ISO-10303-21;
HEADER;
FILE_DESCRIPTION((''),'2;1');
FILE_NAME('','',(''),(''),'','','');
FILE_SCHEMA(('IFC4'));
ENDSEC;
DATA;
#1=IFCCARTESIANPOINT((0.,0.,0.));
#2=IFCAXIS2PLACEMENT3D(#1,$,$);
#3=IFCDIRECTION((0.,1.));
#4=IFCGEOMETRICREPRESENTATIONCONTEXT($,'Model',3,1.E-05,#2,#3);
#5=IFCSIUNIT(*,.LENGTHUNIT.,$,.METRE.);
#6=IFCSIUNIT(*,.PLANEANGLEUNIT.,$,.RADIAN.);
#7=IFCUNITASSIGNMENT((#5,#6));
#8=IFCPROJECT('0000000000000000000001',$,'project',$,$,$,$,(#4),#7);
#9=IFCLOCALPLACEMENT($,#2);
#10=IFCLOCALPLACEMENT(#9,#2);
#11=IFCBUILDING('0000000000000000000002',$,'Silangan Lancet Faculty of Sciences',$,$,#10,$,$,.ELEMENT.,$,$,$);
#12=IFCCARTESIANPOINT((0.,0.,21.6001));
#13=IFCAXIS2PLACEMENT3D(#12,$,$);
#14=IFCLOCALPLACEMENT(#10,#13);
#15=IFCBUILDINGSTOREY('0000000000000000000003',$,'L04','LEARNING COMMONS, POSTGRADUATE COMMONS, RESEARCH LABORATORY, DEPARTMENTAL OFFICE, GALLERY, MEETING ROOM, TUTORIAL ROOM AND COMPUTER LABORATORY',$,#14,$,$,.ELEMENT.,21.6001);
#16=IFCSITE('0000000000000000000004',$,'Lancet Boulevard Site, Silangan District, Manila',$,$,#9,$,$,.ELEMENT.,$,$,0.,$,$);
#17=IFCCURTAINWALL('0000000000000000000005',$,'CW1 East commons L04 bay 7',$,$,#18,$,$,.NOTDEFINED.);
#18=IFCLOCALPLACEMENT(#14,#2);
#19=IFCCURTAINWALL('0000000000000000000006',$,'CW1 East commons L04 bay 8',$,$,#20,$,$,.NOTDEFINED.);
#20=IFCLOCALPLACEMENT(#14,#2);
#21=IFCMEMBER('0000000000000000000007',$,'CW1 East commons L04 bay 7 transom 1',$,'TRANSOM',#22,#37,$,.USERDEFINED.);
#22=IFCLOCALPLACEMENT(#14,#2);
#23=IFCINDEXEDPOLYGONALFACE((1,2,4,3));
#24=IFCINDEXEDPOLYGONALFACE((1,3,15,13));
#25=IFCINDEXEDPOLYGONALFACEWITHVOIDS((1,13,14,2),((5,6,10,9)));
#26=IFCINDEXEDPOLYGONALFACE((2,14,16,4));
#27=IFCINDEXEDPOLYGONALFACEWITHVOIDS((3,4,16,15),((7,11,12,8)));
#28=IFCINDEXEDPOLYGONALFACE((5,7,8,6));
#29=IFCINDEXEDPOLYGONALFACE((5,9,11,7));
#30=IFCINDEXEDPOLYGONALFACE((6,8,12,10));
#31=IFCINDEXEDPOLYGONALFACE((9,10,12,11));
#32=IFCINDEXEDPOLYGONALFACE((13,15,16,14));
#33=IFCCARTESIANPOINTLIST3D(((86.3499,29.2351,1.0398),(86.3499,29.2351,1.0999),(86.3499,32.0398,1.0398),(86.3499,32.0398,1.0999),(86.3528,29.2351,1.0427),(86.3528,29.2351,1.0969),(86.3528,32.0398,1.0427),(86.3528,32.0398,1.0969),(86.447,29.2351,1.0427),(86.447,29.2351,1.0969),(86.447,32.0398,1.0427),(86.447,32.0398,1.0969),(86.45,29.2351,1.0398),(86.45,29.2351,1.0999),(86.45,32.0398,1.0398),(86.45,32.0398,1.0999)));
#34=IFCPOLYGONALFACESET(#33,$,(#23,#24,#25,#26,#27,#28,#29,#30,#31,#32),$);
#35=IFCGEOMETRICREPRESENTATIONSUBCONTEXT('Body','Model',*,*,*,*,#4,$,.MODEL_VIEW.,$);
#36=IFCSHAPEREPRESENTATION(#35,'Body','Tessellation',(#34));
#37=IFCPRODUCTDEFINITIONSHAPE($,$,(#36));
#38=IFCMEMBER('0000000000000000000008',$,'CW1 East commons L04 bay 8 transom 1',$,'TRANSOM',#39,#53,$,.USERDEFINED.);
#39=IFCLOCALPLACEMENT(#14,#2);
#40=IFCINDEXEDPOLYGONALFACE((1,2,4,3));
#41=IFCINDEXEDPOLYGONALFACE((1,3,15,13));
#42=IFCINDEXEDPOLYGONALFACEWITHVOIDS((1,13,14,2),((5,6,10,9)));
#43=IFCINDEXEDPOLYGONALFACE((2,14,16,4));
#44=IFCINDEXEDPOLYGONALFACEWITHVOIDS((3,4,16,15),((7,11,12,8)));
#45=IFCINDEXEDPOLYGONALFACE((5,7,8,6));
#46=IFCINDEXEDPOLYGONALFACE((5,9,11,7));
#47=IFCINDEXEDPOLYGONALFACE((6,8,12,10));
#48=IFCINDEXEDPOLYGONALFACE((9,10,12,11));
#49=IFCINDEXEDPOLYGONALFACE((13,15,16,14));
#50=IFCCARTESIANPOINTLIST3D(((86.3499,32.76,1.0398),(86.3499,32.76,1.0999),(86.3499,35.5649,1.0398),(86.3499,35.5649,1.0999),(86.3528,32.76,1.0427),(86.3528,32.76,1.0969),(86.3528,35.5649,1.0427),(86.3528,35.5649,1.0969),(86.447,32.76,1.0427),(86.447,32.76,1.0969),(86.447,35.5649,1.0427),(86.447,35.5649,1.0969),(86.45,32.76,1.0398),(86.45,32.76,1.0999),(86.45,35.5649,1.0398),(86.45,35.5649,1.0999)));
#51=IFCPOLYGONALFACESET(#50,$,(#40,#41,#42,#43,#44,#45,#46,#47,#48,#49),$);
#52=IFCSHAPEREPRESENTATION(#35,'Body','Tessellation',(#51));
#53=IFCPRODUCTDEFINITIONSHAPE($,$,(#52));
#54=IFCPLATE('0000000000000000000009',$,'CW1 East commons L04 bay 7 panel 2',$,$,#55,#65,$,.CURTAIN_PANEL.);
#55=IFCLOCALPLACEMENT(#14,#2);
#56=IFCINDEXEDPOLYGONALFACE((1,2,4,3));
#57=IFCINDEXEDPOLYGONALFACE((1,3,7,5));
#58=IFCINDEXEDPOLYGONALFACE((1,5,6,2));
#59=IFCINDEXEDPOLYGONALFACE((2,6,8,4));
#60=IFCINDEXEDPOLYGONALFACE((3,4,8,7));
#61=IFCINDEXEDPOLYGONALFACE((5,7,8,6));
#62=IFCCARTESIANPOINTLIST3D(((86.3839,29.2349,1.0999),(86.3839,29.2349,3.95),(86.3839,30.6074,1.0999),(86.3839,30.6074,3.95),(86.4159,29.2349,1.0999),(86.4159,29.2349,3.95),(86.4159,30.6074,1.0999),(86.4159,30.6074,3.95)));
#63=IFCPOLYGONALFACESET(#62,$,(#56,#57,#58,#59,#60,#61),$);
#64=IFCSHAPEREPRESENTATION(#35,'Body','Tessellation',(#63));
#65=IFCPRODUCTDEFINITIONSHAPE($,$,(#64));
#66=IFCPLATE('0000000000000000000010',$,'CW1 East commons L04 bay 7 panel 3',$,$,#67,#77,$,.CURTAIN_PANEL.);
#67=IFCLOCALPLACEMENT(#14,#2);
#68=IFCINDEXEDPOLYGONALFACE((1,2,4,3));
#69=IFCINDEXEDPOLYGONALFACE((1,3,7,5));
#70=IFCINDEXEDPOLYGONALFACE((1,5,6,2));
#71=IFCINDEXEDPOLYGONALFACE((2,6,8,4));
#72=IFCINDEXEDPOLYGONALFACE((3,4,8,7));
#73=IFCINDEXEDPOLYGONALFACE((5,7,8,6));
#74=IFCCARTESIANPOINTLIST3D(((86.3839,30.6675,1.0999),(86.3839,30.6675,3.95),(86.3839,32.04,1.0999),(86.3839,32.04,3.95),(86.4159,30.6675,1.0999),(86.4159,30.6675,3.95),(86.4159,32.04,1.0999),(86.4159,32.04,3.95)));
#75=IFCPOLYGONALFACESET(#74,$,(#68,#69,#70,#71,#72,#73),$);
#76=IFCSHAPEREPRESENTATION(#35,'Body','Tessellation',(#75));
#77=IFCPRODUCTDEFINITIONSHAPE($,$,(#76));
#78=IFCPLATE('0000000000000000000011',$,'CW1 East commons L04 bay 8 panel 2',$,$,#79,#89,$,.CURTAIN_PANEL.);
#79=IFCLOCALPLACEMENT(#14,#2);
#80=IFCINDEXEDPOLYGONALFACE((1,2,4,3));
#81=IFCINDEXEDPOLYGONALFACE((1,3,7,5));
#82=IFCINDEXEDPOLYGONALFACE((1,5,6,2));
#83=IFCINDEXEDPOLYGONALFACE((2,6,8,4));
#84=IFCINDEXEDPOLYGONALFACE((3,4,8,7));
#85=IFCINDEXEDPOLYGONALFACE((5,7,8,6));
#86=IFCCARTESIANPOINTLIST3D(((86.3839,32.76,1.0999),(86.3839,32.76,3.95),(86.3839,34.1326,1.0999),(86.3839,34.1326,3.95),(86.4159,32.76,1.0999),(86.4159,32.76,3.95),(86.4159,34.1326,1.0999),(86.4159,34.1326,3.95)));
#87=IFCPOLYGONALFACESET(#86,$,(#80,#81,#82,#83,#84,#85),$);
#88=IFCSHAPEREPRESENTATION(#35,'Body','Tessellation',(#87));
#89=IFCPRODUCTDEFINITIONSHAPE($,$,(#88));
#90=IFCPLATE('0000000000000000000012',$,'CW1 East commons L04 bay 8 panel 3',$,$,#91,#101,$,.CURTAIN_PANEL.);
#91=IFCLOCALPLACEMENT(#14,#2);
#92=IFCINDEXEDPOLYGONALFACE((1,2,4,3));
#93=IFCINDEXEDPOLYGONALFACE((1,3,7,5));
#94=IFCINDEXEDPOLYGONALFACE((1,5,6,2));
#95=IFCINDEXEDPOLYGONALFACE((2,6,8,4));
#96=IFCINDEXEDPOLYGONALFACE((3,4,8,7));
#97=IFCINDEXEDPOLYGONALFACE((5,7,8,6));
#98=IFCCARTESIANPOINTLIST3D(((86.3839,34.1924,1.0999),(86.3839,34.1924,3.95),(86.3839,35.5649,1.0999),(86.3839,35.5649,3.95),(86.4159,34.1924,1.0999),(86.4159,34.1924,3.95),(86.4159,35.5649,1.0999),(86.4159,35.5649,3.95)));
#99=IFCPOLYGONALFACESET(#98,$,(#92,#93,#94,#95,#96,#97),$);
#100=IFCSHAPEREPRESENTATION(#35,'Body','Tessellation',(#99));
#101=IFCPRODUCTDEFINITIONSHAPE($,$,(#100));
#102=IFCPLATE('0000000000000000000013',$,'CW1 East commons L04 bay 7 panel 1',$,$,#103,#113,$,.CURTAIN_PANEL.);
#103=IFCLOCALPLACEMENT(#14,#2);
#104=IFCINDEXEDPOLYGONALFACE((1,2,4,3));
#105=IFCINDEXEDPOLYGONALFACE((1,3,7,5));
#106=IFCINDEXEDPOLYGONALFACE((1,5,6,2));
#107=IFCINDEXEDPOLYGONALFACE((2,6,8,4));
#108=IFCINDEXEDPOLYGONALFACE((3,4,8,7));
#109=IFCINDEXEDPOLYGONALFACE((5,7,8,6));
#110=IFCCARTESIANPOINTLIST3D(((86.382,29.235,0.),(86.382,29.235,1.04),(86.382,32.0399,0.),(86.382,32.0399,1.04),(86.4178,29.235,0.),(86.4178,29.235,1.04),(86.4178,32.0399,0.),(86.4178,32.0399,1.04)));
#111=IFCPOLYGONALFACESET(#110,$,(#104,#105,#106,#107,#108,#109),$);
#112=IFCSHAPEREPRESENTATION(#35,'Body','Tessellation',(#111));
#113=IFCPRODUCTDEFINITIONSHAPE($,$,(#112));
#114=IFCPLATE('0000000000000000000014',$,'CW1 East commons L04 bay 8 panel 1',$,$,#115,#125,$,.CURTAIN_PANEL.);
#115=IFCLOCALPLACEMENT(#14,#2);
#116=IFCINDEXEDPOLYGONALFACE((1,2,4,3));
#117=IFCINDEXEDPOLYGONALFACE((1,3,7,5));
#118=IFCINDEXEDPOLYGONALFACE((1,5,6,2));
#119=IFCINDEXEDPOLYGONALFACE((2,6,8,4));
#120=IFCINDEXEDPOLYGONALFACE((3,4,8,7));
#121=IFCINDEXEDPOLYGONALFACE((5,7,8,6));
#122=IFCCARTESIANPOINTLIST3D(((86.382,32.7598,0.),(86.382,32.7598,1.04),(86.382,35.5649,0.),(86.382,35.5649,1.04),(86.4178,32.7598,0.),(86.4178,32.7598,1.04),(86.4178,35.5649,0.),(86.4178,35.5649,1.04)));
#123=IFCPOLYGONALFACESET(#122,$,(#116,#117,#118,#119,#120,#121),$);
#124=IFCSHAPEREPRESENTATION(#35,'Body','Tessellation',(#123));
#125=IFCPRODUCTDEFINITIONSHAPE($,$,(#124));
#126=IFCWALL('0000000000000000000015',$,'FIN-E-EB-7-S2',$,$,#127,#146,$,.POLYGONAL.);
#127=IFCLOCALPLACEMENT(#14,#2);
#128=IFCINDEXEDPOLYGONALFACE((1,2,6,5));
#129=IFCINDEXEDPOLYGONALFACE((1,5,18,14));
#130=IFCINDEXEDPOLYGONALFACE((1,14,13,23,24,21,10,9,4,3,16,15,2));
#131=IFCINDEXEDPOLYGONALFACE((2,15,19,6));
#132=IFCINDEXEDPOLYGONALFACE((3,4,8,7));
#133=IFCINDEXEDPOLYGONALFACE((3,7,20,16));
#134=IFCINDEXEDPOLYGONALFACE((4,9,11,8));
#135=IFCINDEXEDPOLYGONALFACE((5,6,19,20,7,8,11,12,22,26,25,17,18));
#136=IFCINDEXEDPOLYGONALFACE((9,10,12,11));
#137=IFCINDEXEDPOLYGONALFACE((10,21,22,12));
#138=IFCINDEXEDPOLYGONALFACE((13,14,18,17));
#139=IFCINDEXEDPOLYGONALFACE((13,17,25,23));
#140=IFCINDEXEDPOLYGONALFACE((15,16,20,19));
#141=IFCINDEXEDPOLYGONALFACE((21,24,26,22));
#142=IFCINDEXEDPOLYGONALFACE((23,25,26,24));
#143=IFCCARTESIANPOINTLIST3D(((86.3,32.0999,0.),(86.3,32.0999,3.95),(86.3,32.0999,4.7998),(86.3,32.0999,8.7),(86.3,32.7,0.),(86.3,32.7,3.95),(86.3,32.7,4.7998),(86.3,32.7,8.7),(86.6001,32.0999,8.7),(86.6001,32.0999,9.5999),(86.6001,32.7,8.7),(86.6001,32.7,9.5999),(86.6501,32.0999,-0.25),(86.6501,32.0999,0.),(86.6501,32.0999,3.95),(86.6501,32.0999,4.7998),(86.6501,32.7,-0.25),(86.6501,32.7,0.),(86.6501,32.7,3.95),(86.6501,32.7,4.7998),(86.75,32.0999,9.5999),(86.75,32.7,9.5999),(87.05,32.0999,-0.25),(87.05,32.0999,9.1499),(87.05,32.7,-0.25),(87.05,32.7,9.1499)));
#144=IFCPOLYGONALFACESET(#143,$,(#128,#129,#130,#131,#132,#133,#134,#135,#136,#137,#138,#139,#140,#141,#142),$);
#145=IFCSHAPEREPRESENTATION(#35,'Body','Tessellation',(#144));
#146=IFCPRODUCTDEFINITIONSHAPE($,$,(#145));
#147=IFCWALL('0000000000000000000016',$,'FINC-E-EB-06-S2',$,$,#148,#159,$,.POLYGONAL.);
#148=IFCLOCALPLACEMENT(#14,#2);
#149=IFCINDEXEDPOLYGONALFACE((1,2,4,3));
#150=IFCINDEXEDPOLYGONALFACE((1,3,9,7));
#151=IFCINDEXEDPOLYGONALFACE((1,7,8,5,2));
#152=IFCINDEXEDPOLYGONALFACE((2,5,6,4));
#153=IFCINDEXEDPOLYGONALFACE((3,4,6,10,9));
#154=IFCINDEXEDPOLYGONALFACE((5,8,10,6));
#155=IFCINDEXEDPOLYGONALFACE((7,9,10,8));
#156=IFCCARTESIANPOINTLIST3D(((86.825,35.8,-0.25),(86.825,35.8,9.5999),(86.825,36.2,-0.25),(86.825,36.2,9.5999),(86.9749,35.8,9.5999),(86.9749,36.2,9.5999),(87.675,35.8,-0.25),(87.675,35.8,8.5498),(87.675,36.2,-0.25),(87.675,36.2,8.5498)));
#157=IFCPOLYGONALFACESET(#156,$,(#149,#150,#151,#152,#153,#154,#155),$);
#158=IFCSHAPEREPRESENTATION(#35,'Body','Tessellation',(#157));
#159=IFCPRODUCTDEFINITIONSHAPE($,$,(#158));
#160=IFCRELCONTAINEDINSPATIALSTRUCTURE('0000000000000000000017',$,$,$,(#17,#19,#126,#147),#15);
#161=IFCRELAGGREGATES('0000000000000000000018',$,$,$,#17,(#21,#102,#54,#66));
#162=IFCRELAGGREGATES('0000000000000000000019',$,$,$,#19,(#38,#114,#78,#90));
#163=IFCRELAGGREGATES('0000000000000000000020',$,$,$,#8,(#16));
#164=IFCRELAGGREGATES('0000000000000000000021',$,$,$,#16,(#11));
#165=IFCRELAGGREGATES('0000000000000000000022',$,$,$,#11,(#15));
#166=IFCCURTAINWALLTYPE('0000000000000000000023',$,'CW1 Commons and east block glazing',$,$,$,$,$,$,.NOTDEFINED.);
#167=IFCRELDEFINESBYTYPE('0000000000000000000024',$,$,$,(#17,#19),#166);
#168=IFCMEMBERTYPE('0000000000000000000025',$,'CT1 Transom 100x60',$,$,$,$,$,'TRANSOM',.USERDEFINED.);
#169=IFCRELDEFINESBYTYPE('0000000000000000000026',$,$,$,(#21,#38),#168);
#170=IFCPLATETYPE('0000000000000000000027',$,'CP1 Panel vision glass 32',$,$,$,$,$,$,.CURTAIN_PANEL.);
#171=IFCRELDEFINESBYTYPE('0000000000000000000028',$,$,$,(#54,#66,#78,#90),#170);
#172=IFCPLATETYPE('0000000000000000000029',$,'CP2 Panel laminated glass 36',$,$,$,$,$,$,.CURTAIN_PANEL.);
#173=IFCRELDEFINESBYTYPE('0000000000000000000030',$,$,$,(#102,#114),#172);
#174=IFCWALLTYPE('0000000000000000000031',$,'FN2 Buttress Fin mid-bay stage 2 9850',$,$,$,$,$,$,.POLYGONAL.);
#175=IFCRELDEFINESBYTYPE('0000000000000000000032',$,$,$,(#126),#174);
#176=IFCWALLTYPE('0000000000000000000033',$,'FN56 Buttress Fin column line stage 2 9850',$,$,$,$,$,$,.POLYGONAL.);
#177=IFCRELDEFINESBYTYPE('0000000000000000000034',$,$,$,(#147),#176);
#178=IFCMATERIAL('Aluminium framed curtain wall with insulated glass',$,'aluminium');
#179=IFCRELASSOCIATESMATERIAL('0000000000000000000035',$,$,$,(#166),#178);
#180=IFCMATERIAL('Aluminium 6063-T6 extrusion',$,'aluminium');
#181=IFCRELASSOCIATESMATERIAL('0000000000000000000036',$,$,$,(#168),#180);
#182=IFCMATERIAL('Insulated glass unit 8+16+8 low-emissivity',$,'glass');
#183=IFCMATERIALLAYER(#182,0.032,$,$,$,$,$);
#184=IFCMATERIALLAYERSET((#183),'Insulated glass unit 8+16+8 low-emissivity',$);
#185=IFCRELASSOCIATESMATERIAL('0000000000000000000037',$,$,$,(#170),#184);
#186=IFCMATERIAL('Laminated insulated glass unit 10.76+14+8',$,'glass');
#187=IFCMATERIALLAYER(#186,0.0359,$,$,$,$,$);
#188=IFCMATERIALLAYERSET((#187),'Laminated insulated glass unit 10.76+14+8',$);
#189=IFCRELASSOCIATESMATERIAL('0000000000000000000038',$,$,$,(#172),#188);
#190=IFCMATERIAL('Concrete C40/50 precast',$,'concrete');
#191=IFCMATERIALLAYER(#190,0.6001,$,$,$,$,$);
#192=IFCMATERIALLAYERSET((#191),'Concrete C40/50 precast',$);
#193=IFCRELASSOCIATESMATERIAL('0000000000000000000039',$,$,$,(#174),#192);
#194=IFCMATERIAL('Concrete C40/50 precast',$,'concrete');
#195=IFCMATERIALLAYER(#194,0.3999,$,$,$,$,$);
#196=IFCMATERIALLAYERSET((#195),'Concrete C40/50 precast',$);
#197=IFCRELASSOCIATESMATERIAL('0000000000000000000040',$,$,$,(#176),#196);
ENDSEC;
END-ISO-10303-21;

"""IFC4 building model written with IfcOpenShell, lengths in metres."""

from ifc_helpers import new_model, si_unit, direction, frame, origin, origin_2d, place, context, subcontext, project, spatial, polyline, rectangle, hollow_rectangle, outline, extrude, material, layer, layer_set, material_profile, profile_set, type_object, element, aggregate, save


model = new_model("IFC4")

# Units and contexts
model_context = context("Model", 3, precision=1e-05, world=origin(), true_north=direction((0.0, 1.0)))
body_context = subcontext(model_context, "Body", "Model", "MODEL_VIEW")
ifc_project = project(units=[si_unit("LENGTHUNIT", "METRE"), si_unit("PLANEANGLEUNIT", "RADIAN")], contexts=[model_context])

# Site, building, storey
site_placement = place(None, origin())
site = spatial("IfcSite", under=ifc_project, at=site_placement, Name="Lancet Boulevard Site, Silangan District, Manila", CompositionType="ELEMENT", RefElevation=0.0)
building_placement = place(site_placement, origin())
building = spatial("IfcBuilding", under=site, at=building_placement, Name="Silangan Lancet Faculty of Sciences", CompositionType="ELEMENT")
storey_placement = place(building_placement, frame((0.0, 0.0, 21.6001)))
storey = spatial("IfcBuildingStorey", under=building, at=storey_placement, Name="L04", Description="LEARNING COMMONS, POSTGRADUATE COMMONS, RESEARCH LABORATORY, DEPARTMENTAL OFFICE, GALLERY, MEETING ROOM, TUTORIAL ROOM AND COMPUTER LABORATORY", CompositionType="ELEMENT", Elevation=21.6001)

# Curtain walls
ifc_material_1 = material(Name="Aluminium framed curtain wall with insulated glass", Category="aluminium")
curtain_wall_type = type_object("IfcCurtainWallType", Name="CW1 Commons and east block glazing", PredefinedType="NOTDEFINED", material=ifc_material_1)
curtain_wall_1_placement = place(storey_placement, origin())
curtain_wall_1 = element("IfcCurtainWall", 1, at=curtain_wall_1_placement, inside=storey, type_object=curtain_wall_type, Name="CW1 East commons L04 bay 7", PredefinedType="NOTDEFINED")
curtain_wall_2_placement = place(storey_placement, origin())
curtain_wall_2 = element("IfcCurtainWall", 2, at=curtain_wall_2_placement, inside=storey, type_object=curtain_wall_type, Name="CW1 East commons L04 bay 8", PredefinedType="NOTDEFINED")

# Members
ifc_material_2 = material(Name="Aluminium 6063-T6 extrusion", Category="aluminium")
ifc_material_profile_1 = material_profile(ifc_material_2, hollow_rectangle(XDim=0.1001, YDim=0.0601, WallThickness=0.0029, at=origin_2d()), Name="AL BOX 100x60x3")
ifc_profile_set_1 = profile_set([ifc_material_profile_1], Name="Aluminium 6063-T6 extrusion")
member_type_1 = type_object("IfcMemberType", Name="CT1 Transom 100x60", ElementType="TRANSOM", PredefinedType="USERDEFINED", material=ifc_profile_set_1)
member_1_placement = place(storey_placement, frame((86.3999, 29.2351, 1.0698), z_axis=(0.0, 1.0, 0.0), x_axis=(-1.0, 0.0, 0.0)))
member_1 = element("IfcMember", 3, at=member_1_placement, type_object=member_type_1, Name="CW1 East commons L04 bay 7 transom 1", ObjectType="TRANSOM", PredefinedType="USERDEFINED", context=body_context, shape_type="SweptSolid", body=[
    extrude(hollow_rectangle(XDim=0.1001, YDim=0.0601, WallThickness=0.0029, at=origin_2d()), origin(), (0.0, 0.0, 1.0), 2.8047),
])
member_2_placement = place(storey_placement, frame((86.3999, 32.76, 1.0698), z_axis=(0.0, 1.0, 0.0), x_axis=(-1.0, 0.0, 0.0)))
member_2 = element("IfcMember", 4, at=member_2_placement, type_object=member_type_1, Name="CW1 East commons L04 bay 8 transom 1", ObjectType="TRANSOM", PredefinedType="USERDEFINED", context=body_context, shape_type="SweptSolid", body=[
    extrude(hollow_rectangle(XDim=0.1001, YDim=0.0601, WallThickness=0.0029, at=origin_2d()), origin(), (0.0, 0.0, 1.0), 2.8049),
])

# Plates
ifc_material_3 = material(Name="Insulated glass unit 8+16+8 low-emissivity", Category="glass")
ifc_layer_1 = layer(ifc_material_3, 0.032)
ifc_layer_set_1 = layer_set([ifc_layer_1], Name="Insulated glass unit 8+16+8 low-emissivity")
plate_type_1 = type_object("IfcPlateType", Name="CP1 Panel vision glass 32", PredefinedType="CURTAIN_PANEL", material=ifc_layer_set_1)
plate_1_placement = place(storey_placement, frame((86.3999, 29.9211, 1.0999), z_axis=(0.0, 0.0, 1.0), x_axis=(0.0, 1.0, 0.0)))
plate_1 = element("IfcPlate", 5, at=plate_1_placement, type_object=plate_type_1, Name="CW1 East commons L04 bay 7 panel 2", PredefinedType="CURTAIN_PANEL", context=body_context, shape_type="SweptSolid", body=[
    extrude(rectangle(XDim=1.3726, YDim=0.032, at=origin_2d()), origin(), (0.0, 0.0, 1.0), 2.8501),
])
plate_2_placement = place(storey_placement, frame((86.3999, 31.3538, 1.0999), z_axis=(0.0, 0.0, 1.0), x_axis=(0.0, 1.0, 0.0)))
plate_2 = element("IfcPlate", 6, at=plate_2_placement, type_object=plate_type_1, Name="CW1 East commons L04 bay 7 panel 3", PredefinedType="CURTAIN_PANEL", context=body_context, shape_type="SweptSolid", body=[
    extrude(rectangle(XDim=1.3726, YDim=0.032, at=origin_2d()), origin(), (0.0, 0.0, 1.0), 2.8501),
])
plate_3_placement = place(storey_placement, frame((86.3999, 33.4463, 1.0999), z_axis=(0.0, 0.0, 1.0), x_axis=(0.0, 1.0, 0.0)))
plate_3 = element("IfcPlate", 7, at=plate_3_placement, type_object=plate_type_1, Name="CW1 East commons L04 bay 8 panel 2", PredefinedType="CURTAIN_PANEL", context=body_context, shape_type="SweptSolid", body=[
    extrude(rectangle(XDim=1.3726, YDim=0.032, at=origin_2d()), origin(), (0.0, 0.0, 1.0), 2.8501),
])
plate_4_placement = place(storey_placement, frame((86.3999, 34.8787, 1.0999), z_axis=(0.0, 0.0, 1.0), x_axis=(0.0, 1.0, 0.0)))
plate_4 = element("IfcPlate", 8, at=plate_4_placement, type_object=plate_type_1, Name="CW1 East commons L04 bay 8 panel 3", PredefinedType="CURTAIN_PANEL", context=body_context, shape_type="SweptSolid", body=[
    extrude(rectangle(XDim=1.3726, YDim=0.032, at=origin_2d()), origin(), (0.0, 0.0, 1.0), 2.8501),
])
ifc_material_4 = material(Name="Laminated insulated glass unit 10.76+14+8", Category="glass")
ifc_layer_2 = layer(ifc_material_4, 0.0359)
ifc_layer_set_2 = layer_set([ifc_layer_2], Name="Laminated insulated glass unit 10.76+14+8")
plate_type_2 = type_object("IfcPlateType", Name="CP2 Panel laminated glass 36", PredefinedType="CURTAIN_PANEL", material=ifc_layer_set_2)
plate_5_placement = place(storey_placement, frame((86.3999, 30.6375, 0.0), z_axis=(0.0, 0.0, 1.0), x_axis=(0.0, 1.0, 0.0)))
plate_5 = element("IfcPlate", 9, at=plate_5_placement, type_object=plate_type_2, Name="CW1 East commons L04 bay 7 panel 1", PredefinedType="CURTAIN_PANEL", context=body_context, shape_type="SweptSolid", body=[
    extrude(rectangle(XDim=2.8049, YDim=0.0359, at=origin_2d()), origin(), (0.0, 0.0, 1.0), 1.04),
])
aggregate(curtain_wall_1, [member_1, plate_5, plate_1, plate_2])
plate_6_placement = place(storey_placement, frame((86.3999, 34.1624, 0.0), z_axis=(0.0, 0.0, 1.0), x_axis=(0.0, 1.0, 0.0)))
plate_6 = element("IfcPlate", 10, at=plate_6_placement, type_object=plate_type_2, Name="CW1 East commons L04 bay 8 panel 1", PredefinedType="CURTAIN_PANEL", context=body_context, shape_type="SweptSolid", body=[
    extrude(rectangle(XDim=2.8052, YDim=0.0359, at=origin_2d()), origin(), (0.0, 0.0, 1.0), 1.04),
])
aggregate(curtain_wall_2, [member_2, plate_6, plate_3, plate_4])

# Walls
ifc_material_5 = material(Name="Concrete C40/50 precast", Category="concrete")
ifc_layer_3 = layer(ifc_material_5, 0.6001)
ifc_layer_set_3 = layer_set([ifc_layer_3], Name="Concrete C40/50 precast")
wall_type_1 = type_object("IfcWallType", Name="FN2 Buttress Fin mid-bay stage 2 9850", PredefinedType="POLYGONAL", material=ifc_layer_set_3)
wall_1_placement = place(storey_placement, frame((86.3, 32.3999, -0.25), z_axis=(0.0, 0.0, 1.0), x_axis=(1.0, 0.0, 0.0)))
element("IfcWall", 11, at=wall_1_placement, inside=storey, type_object=wall_type_1, Name="FIN-E-EB-7-S2", PredefinedType="POLYGONAL", context=body_context, shape_type="SweptSolid", body=[
    extrude(outline(polyline([(0.75, 0.0), (0.75, 9.3999), (0.45, 9.8499), (0.3, 9.8499), (0.3, 8.95), (0.0, 8.95), (0.0, 5.0498), (0.3501, 5.0498), (0.3501, 4.2), (0.0, 4.2), (0.0, 0.25), (0.3501, 0.25), (0.3501, 0.0), (0.75, 0.0)])), frame((0.0, 0.3, 0.0), z_axis=(0.0, -1.0, 0.0), x_axis=(1.0, 0.0, 0.0)), (0.0, 0.0, 1.0), 0.6001),
])
ifc_material_6 = material(Name="Concrete C40/50 precast", Category="concrete")
ifc_layer_4 = layer(ifc_material_6, 0.3999)
ifc_layer_set_4 = layer_set([ifc_layer_4], Name="Concrete C40/50 precast")
wall_type_2 = type_object("IfcWallType", Name="FN56 Buttress Fin column line stage 2 9850", PredefinedType="POLYGONAL", material=ifc_layer_set_4)
wall_2_placement = place(storey_placement, frame((86.825, 36.0, -0.25), z_axis=(0.0, 0.0, 1.0), x_axis=(1.0, 0.0, 0.0)))
element("IfcWall", 12, at=wall_2_placement, inside=storey, type_object=wall_type_2, Name="FINC-E-EB-06-S2", PredefinedType="POLYGONAL", context=body_context, shape_type="SweptSolid", body=[
    extrude(outline(polyline([(0.8501, 0.0), (0.8501, 8.7998), (0.1499, 9.8499), (0.0, 9.8499), (0.0, 0.0), (0.8501, 0.0)])), frame((0.0, 0.2, 0.0), z_axis=(0.0, -1.0, 0.0), x_axis=(1.0, 0.0, 0.0)), (0.0, 0.0, 1.0), 0.3999),
])

save(model, "model.ifc")
